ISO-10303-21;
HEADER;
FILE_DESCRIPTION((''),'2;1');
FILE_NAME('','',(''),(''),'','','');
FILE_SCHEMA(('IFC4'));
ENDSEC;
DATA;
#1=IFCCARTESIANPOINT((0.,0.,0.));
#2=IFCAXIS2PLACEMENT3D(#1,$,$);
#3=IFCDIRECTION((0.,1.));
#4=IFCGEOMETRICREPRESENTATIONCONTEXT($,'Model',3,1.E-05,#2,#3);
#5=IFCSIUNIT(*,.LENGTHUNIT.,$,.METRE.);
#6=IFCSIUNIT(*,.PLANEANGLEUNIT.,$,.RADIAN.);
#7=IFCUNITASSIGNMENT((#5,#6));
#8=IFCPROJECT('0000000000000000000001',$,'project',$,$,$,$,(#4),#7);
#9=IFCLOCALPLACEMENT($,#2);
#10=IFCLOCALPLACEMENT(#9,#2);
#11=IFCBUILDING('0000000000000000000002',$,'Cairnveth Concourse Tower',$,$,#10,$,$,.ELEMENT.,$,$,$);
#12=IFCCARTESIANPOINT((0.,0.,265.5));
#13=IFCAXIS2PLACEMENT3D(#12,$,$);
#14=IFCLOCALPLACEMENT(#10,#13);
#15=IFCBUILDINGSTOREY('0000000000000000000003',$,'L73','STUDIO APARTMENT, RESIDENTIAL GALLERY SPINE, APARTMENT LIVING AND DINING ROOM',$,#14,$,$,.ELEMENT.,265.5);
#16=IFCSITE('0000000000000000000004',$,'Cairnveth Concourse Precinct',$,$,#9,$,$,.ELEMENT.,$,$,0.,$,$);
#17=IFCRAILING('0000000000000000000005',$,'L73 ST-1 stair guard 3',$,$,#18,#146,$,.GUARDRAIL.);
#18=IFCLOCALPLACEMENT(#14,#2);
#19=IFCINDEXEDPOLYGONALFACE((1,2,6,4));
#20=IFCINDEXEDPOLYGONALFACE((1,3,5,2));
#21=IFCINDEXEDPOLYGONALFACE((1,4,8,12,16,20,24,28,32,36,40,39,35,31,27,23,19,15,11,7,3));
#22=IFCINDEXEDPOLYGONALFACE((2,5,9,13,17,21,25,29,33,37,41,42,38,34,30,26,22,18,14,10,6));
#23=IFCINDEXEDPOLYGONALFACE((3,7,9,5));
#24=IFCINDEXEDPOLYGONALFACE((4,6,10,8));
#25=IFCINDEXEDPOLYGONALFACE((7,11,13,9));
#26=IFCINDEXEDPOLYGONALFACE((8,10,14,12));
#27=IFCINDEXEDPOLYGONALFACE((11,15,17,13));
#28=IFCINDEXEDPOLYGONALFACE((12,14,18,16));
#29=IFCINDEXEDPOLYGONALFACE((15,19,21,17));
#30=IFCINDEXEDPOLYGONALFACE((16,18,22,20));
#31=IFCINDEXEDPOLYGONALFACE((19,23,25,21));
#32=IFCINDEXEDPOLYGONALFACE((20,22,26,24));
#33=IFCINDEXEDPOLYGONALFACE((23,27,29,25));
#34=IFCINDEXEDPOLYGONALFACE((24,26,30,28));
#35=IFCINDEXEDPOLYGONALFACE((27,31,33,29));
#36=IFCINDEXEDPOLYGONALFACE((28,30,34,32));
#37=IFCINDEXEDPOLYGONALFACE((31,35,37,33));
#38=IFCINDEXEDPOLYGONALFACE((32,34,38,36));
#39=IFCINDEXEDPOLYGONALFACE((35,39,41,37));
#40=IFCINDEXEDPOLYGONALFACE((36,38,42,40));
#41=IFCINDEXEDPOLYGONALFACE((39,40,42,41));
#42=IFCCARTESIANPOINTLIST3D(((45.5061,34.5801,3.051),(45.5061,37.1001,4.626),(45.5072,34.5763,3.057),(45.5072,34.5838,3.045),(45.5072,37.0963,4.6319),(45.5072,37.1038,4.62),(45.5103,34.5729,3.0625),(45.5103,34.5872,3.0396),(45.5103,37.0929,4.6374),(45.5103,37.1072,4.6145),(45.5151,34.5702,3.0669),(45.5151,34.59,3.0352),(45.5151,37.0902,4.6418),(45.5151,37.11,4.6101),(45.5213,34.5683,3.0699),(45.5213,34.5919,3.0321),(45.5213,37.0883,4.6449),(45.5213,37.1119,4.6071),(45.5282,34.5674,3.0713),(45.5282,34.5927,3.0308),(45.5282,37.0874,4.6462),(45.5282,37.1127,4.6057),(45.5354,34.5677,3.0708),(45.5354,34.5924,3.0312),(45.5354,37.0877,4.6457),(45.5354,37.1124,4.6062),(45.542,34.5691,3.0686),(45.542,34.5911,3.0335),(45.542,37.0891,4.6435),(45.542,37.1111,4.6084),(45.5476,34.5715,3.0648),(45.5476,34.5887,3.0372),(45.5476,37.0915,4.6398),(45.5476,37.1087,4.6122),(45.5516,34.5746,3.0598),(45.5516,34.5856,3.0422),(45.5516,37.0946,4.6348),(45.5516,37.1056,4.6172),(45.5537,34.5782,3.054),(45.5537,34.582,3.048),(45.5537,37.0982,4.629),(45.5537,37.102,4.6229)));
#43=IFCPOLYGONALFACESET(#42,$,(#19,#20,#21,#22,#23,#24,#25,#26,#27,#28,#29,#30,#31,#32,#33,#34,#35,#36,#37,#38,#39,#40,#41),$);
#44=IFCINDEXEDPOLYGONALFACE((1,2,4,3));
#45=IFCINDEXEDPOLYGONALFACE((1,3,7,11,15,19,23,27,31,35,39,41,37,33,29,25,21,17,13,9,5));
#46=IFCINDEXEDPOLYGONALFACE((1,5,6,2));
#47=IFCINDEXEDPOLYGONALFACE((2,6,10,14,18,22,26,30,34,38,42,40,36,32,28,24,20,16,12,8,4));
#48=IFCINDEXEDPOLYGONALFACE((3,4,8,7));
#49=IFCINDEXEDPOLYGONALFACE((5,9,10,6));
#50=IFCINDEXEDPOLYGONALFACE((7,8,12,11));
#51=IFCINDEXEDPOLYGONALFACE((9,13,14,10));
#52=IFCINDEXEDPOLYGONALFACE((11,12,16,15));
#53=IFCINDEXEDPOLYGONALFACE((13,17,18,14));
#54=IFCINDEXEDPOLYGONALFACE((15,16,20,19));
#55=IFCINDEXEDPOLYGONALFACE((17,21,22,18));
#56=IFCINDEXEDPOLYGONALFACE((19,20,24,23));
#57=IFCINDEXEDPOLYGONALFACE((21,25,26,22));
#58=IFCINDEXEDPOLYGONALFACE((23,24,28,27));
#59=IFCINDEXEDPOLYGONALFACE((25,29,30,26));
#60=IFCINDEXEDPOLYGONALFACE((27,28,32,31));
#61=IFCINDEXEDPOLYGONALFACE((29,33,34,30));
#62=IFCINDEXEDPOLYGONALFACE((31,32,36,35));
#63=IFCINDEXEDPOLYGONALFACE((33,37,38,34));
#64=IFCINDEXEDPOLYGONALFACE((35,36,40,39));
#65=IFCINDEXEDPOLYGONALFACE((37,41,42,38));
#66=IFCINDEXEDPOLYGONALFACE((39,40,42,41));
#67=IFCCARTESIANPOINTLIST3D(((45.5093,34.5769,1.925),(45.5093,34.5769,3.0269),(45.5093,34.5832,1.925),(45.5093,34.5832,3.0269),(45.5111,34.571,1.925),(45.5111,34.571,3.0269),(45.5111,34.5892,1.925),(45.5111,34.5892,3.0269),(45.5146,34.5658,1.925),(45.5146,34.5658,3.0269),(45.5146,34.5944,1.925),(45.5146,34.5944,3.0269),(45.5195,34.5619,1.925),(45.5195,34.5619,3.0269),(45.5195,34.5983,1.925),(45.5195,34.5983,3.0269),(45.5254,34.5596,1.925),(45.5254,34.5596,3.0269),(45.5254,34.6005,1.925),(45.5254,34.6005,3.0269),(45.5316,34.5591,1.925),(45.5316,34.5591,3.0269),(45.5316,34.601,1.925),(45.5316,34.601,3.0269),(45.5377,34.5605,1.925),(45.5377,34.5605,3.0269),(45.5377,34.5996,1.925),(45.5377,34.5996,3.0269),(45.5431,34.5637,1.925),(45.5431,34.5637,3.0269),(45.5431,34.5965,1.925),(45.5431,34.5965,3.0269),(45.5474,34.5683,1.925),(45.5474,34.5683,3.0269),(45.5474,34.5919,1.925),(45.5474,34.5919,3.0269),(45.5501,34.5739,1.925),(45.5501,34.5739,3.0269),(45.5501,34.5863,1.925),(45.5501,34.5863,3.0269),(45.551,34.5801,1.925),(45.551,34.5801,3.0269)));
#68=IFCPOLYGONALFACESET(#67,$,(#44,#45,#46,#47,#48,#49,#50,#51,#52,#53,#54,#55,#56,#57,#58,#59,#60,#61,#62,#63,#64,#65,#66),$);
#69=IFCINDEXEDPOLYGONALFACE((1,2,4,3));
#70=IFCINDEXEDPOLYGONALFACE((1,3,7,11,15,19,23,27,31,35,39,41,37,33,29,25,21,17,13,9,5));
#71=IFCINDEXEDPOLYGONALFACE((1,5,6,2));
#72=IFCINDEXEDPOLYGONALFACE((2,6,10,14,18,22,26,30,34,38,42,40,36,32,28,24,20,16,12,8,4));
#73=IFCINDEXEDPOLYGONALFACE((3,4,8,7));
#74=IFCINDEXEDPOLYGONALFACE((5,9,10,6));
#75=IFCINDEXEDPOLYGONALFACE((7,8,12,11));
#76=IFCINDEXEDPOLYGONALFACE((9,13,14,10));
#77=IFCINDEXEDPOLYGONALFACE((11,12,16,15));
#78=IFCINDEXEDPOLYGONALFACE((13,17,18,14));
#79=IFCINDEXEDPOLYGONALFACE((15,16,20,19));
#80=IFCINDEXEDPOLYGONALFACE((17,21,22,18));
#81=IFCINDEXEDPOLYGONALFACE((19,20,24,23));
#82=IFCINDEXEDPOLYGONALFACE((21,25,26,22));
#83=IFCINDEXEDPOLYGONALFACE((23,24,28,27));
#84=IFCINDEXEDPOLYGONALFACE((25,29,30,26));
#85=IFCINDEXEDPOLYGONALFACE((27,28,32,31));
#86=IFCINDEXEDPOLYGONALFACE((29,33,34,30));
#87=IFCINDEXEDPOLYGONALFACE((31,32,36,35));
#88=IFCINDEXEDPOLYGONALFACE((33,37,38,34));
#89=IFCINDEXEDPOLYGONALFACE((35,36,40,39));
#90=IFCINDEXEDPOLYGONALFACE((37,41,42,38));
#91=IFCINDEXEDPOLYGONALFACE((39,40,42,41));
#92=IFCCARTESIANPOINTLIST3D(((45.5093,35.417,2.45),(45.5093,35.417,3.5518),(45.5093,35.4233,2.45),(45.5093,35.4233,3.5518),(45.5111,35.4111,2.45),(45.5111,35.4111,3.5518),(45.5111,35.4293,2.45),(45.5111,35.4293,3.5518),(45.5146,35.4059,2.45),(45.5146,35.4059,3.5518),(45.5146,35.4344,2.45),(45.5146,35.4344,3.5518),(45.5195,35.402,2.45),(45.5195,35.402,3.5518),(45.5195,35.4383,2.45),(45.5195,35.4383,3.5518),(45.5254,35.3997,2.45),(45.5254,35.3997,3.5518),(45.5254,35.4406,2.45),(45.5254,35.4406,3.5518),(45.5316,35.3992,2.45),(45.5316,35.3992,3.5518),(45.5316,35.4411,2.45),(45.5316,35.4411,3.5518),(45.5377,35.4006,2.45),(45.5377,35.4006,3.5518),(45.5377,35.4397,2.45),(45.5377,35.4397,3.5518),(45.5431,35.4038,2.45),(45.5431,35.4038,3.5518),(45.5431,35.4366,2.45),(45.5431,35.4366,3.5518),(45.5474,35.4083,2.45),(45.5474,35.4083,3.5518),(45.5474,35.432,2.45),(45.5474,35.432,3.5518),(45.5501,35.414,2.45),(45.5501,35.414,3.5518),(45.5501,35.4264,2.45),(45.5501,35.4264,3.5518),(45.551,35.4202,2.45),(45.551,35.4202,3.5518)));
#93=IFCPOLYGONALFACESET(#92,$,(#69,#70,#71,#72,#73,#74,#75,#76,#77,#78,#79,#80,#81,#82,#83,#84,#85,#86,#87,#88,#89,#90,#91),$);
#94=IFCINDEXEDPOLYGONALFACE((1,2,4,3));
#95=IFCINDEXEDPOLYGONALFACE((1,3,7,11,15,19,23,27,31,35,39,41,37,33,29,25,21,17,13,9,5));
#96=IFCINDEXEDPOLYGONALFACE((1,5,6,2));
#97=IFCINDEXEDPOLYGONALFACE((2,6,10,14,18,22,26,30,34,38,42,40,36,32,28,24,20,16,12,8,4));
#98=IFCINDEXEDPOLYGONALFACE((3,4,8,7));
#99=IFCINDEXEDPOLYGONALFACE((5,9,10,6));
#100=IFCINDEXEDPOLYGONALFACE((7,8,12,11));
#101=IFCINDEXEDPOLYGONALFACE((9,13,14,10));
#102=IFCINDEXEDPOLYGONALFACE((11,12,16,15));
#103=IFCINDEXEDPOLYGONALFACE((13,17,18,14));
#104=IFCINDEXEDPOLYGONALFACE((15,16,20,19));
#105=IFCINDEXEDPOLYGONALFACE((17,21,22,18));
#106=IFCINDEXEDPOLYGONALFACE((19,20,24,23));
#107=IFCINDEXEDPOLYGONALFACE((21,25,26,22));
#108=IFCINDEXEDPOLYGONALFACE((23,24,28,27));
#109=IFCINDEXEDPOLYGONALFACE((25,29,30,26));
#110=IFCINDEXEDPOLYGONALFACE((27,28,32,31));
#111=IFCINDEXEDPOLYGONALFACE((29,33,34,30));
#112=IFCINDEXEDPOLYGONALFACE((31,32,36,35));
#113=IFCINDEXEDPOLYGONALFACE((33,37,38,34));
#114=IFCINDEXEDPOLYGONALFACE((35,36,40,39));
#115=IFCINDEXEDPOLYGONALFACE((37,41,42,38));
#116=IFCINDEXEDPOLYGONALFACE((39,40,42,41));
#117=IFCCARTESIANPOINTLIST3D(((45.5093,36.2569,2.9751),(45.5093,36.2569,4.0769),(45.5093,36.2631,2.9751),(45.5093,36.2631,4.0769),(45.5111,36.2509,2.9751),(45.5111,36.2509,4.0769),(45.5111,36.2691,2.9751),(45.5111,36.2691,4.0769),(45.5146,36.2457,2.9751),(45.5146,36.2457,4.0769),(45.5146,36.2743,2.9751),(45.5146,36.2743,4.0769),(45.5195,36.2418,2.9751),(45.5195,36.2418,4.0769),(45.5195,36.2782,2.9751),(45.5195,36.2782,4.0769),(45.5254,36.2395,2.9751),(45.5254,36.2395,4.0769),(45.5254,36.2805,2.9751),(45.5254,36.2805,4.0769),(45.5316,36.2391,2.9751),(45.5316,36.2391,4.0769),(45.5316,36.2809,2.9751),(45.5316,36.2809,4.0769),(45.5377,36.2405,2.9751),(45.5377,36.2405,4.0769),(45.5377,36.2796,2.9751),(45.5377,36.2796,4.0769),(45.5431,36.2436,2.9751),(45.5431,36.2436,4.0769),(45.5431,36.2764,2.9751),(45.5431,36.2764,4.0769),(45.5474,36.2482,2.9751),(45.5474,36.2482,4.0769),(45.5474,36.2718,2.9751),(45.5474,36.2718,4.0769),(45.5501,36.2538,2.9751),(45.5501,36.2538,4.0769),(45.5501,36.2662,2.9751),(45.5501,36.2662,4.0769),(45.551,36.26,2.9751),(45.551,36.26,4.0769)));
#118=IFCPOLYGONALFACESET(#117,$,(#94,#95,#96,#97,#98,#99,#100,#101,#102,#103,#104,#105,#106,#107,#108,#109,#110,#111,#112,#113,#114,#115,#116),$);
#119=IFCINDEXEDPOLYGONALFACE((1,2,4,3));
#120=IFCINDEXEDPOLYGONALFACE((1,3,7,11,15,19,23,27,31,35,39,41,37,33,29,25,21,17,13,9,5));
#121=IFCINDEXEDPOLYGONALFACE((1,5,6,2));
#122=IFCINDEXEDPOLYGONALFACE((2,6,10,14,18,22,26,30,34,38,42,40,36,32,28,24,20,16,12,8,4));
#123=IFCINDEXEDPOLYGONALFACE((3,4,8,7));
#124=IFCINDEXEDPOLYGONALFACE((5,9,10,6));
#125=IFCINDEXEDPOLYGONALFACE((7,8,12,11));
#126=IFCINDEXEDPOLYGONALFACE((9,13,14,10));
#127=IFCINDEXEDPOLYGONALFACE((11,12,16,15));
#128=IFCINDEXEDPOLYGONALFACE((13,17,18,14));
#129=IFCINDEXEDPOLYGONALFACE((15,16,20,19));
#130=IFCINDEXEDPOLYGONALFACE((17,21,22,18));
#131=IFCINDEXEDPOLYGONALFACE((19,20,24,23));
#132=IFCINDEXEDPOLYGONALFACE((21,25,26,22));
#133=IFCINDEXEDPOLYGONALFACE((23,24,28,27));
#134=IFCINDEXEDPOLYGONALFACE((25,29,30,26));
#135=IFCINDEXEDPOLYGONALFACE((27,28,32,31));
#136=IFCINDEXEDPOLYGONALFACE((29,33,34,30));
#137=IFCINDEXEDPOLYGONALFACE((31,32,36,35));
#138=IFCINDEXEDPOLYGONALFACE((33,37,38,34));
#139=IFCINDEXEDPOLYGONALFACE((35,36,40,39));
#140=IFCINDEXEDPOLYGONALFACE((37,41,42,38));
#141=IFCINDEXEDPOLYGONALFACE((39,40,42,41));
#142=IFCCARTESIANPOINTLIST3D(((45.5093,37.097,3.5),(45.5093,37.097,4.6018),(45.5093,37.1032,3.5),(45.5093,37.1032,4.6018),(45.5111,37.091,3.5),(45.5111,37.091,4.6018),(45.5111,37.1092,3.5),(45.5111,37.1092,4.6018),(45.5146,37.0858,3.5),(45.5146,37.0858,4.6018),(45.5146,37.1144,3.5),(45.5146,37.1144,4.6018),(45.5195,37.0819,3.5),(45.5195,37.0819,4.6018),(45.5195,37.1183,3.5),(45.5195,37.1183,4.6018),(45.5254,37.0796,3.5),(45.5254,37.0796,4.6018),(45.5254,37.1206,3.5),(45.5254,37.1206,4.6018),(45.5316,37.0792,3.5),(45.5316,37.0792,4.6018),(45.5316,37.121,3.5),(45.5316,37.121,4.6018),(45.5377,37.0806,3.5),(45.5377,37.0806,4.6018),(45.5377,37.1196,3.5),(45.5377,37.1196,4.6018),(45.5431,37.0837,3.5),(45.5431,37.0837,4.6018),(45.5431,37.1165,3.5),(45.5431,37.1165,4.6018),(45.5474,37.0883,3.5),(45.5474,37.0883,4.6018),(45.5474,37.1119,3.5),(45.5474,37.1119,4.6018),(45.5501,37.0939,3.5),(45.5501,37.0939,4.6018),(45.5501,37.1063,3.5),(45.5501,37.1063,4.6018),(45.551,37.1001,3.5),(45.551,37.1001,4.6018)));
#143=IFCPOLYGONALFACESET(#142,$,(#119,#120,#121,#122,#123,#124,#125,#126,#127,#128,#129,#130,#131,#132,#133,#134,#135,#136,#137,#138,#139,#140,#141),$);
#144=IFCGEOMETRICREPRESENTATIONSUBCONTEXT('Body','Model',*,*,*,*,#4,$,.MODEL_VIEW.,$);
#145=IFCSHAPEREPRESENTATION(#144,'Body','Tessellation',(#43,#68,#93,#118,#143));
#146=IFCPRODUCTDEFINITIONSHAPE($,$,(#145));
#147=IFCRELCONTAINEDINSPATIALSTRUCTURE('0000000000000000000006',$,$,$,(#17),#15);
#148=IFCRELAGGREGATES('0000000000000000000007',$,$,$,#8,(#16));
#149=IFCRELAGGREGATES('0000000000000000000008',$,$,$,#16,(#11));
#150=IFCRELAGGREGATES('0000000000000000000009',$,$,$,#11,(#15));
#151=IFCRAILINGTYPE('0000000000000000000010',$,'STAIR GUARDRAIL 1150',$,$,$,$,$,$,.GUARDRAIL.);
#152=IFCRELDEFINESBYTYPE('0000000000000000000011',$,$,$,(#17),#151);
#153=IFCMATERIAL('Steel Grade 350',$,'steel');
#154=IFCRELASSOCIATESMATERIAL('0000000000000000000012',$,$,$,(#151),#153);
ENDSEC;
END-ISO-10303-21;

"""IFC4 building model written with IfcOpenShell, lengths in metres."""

from ifc_helpers import new_model, si_unit, direction, frame, origin, origin_2d, place, context, subcontext, project, spatial, circle, extrude, material, type_object, element, save


model = new_model("IFC4")

# Units and contexts
model_context = context("Model", 3, precision=1e-05, world=origin(), true_north=direction((0.0, 1.0)))
body_context = subcontext(model_context, "Body", "Model", "MODEL_VIEW")
ifc_project = project(units=[si_unit("LENGTHUNIT", "METRE"), si_unit("PLANEANGLEUNIT", "RADIAN")], contexts=[model_context])

# Site, building, storey
site_placement = place(None, origin())
site = spatial("IfcSite", under=ifc_project, at=site_placement, Name="Cairnveth Concourse Precinct", CompositionType="ELEMENT", RefElevation=0.0)
building_placement = place(site_placement, origin())
building = spatial("IfcBuilding", under=site, at=building_placement, Name="Cairnveth Concourse Tower", CompositionType="ELEMENT")
storey_placement = place(building_placement, frame((0.0, 0.0, 265.5)))
storey = spatial("IfcBuildingStorey", under=building, at=storey_placement, Name="L73", Description="STUDIO APARTMENT, RESIDENTIAL GALLERY SPINE, APARTMENT LIVING AND DINING ROOM", CompositionType="ELEMENT", Elevation=265.5)

# Shared definitions
ifc_material_1 = material(Name="Steel Grade 350", Category="steel")

# Railing
railing_type_1 = type_object("IfcRailingType", Name="STAIR GUARDRAIL 1150", PredefinedType="GUARDRAIL", material=ifc_material_1)
railing_1_placement = place(storey_placement, frame((45.53, 34.5801, 1.925)))
element("IfcRailing", 1, at=railing_1_placement, inside=storey, type_object=railing_type_1, Name="L73 ST-1 stair guard 3", PredefinedType="GUARDRAIL", context=body_context, shape_type="SweptSolid", body=[
    extrude(circle(Radius=0.0239, at=origin_2d()), frame((0.0, 0.0, 1.126), z_axis=(0.0, 0.848008, 0.529984), x_axis=(-1.0, 0.0, 0.0)), (0.0, 0.0, 1.0), 2.9717),
    extrude(circle(Radius=0.021, at=origin_2d()), origin(), (0.0, 0.0, 1.0), 1.1018),
    extrude(circle(Radius=0.021, at=origin_2d()), frame((0.0, 0.8401, 0.5249)), (0.0, 0.0, 1.0), 1.1018),
    extrude(circle(Radius=0.021, at=origin_2d()), frame((0.0, 1.6799, 1.05)), (0.0, 0.0, 1.0), 1.1018),
    extrude(circle(Radius=0.021, at=origin_2d()), frame((0.0, 2.52, 1.575)), (0.0, 0.0, 1.0), 1.1018),
])

save(model, "model.ifc")
